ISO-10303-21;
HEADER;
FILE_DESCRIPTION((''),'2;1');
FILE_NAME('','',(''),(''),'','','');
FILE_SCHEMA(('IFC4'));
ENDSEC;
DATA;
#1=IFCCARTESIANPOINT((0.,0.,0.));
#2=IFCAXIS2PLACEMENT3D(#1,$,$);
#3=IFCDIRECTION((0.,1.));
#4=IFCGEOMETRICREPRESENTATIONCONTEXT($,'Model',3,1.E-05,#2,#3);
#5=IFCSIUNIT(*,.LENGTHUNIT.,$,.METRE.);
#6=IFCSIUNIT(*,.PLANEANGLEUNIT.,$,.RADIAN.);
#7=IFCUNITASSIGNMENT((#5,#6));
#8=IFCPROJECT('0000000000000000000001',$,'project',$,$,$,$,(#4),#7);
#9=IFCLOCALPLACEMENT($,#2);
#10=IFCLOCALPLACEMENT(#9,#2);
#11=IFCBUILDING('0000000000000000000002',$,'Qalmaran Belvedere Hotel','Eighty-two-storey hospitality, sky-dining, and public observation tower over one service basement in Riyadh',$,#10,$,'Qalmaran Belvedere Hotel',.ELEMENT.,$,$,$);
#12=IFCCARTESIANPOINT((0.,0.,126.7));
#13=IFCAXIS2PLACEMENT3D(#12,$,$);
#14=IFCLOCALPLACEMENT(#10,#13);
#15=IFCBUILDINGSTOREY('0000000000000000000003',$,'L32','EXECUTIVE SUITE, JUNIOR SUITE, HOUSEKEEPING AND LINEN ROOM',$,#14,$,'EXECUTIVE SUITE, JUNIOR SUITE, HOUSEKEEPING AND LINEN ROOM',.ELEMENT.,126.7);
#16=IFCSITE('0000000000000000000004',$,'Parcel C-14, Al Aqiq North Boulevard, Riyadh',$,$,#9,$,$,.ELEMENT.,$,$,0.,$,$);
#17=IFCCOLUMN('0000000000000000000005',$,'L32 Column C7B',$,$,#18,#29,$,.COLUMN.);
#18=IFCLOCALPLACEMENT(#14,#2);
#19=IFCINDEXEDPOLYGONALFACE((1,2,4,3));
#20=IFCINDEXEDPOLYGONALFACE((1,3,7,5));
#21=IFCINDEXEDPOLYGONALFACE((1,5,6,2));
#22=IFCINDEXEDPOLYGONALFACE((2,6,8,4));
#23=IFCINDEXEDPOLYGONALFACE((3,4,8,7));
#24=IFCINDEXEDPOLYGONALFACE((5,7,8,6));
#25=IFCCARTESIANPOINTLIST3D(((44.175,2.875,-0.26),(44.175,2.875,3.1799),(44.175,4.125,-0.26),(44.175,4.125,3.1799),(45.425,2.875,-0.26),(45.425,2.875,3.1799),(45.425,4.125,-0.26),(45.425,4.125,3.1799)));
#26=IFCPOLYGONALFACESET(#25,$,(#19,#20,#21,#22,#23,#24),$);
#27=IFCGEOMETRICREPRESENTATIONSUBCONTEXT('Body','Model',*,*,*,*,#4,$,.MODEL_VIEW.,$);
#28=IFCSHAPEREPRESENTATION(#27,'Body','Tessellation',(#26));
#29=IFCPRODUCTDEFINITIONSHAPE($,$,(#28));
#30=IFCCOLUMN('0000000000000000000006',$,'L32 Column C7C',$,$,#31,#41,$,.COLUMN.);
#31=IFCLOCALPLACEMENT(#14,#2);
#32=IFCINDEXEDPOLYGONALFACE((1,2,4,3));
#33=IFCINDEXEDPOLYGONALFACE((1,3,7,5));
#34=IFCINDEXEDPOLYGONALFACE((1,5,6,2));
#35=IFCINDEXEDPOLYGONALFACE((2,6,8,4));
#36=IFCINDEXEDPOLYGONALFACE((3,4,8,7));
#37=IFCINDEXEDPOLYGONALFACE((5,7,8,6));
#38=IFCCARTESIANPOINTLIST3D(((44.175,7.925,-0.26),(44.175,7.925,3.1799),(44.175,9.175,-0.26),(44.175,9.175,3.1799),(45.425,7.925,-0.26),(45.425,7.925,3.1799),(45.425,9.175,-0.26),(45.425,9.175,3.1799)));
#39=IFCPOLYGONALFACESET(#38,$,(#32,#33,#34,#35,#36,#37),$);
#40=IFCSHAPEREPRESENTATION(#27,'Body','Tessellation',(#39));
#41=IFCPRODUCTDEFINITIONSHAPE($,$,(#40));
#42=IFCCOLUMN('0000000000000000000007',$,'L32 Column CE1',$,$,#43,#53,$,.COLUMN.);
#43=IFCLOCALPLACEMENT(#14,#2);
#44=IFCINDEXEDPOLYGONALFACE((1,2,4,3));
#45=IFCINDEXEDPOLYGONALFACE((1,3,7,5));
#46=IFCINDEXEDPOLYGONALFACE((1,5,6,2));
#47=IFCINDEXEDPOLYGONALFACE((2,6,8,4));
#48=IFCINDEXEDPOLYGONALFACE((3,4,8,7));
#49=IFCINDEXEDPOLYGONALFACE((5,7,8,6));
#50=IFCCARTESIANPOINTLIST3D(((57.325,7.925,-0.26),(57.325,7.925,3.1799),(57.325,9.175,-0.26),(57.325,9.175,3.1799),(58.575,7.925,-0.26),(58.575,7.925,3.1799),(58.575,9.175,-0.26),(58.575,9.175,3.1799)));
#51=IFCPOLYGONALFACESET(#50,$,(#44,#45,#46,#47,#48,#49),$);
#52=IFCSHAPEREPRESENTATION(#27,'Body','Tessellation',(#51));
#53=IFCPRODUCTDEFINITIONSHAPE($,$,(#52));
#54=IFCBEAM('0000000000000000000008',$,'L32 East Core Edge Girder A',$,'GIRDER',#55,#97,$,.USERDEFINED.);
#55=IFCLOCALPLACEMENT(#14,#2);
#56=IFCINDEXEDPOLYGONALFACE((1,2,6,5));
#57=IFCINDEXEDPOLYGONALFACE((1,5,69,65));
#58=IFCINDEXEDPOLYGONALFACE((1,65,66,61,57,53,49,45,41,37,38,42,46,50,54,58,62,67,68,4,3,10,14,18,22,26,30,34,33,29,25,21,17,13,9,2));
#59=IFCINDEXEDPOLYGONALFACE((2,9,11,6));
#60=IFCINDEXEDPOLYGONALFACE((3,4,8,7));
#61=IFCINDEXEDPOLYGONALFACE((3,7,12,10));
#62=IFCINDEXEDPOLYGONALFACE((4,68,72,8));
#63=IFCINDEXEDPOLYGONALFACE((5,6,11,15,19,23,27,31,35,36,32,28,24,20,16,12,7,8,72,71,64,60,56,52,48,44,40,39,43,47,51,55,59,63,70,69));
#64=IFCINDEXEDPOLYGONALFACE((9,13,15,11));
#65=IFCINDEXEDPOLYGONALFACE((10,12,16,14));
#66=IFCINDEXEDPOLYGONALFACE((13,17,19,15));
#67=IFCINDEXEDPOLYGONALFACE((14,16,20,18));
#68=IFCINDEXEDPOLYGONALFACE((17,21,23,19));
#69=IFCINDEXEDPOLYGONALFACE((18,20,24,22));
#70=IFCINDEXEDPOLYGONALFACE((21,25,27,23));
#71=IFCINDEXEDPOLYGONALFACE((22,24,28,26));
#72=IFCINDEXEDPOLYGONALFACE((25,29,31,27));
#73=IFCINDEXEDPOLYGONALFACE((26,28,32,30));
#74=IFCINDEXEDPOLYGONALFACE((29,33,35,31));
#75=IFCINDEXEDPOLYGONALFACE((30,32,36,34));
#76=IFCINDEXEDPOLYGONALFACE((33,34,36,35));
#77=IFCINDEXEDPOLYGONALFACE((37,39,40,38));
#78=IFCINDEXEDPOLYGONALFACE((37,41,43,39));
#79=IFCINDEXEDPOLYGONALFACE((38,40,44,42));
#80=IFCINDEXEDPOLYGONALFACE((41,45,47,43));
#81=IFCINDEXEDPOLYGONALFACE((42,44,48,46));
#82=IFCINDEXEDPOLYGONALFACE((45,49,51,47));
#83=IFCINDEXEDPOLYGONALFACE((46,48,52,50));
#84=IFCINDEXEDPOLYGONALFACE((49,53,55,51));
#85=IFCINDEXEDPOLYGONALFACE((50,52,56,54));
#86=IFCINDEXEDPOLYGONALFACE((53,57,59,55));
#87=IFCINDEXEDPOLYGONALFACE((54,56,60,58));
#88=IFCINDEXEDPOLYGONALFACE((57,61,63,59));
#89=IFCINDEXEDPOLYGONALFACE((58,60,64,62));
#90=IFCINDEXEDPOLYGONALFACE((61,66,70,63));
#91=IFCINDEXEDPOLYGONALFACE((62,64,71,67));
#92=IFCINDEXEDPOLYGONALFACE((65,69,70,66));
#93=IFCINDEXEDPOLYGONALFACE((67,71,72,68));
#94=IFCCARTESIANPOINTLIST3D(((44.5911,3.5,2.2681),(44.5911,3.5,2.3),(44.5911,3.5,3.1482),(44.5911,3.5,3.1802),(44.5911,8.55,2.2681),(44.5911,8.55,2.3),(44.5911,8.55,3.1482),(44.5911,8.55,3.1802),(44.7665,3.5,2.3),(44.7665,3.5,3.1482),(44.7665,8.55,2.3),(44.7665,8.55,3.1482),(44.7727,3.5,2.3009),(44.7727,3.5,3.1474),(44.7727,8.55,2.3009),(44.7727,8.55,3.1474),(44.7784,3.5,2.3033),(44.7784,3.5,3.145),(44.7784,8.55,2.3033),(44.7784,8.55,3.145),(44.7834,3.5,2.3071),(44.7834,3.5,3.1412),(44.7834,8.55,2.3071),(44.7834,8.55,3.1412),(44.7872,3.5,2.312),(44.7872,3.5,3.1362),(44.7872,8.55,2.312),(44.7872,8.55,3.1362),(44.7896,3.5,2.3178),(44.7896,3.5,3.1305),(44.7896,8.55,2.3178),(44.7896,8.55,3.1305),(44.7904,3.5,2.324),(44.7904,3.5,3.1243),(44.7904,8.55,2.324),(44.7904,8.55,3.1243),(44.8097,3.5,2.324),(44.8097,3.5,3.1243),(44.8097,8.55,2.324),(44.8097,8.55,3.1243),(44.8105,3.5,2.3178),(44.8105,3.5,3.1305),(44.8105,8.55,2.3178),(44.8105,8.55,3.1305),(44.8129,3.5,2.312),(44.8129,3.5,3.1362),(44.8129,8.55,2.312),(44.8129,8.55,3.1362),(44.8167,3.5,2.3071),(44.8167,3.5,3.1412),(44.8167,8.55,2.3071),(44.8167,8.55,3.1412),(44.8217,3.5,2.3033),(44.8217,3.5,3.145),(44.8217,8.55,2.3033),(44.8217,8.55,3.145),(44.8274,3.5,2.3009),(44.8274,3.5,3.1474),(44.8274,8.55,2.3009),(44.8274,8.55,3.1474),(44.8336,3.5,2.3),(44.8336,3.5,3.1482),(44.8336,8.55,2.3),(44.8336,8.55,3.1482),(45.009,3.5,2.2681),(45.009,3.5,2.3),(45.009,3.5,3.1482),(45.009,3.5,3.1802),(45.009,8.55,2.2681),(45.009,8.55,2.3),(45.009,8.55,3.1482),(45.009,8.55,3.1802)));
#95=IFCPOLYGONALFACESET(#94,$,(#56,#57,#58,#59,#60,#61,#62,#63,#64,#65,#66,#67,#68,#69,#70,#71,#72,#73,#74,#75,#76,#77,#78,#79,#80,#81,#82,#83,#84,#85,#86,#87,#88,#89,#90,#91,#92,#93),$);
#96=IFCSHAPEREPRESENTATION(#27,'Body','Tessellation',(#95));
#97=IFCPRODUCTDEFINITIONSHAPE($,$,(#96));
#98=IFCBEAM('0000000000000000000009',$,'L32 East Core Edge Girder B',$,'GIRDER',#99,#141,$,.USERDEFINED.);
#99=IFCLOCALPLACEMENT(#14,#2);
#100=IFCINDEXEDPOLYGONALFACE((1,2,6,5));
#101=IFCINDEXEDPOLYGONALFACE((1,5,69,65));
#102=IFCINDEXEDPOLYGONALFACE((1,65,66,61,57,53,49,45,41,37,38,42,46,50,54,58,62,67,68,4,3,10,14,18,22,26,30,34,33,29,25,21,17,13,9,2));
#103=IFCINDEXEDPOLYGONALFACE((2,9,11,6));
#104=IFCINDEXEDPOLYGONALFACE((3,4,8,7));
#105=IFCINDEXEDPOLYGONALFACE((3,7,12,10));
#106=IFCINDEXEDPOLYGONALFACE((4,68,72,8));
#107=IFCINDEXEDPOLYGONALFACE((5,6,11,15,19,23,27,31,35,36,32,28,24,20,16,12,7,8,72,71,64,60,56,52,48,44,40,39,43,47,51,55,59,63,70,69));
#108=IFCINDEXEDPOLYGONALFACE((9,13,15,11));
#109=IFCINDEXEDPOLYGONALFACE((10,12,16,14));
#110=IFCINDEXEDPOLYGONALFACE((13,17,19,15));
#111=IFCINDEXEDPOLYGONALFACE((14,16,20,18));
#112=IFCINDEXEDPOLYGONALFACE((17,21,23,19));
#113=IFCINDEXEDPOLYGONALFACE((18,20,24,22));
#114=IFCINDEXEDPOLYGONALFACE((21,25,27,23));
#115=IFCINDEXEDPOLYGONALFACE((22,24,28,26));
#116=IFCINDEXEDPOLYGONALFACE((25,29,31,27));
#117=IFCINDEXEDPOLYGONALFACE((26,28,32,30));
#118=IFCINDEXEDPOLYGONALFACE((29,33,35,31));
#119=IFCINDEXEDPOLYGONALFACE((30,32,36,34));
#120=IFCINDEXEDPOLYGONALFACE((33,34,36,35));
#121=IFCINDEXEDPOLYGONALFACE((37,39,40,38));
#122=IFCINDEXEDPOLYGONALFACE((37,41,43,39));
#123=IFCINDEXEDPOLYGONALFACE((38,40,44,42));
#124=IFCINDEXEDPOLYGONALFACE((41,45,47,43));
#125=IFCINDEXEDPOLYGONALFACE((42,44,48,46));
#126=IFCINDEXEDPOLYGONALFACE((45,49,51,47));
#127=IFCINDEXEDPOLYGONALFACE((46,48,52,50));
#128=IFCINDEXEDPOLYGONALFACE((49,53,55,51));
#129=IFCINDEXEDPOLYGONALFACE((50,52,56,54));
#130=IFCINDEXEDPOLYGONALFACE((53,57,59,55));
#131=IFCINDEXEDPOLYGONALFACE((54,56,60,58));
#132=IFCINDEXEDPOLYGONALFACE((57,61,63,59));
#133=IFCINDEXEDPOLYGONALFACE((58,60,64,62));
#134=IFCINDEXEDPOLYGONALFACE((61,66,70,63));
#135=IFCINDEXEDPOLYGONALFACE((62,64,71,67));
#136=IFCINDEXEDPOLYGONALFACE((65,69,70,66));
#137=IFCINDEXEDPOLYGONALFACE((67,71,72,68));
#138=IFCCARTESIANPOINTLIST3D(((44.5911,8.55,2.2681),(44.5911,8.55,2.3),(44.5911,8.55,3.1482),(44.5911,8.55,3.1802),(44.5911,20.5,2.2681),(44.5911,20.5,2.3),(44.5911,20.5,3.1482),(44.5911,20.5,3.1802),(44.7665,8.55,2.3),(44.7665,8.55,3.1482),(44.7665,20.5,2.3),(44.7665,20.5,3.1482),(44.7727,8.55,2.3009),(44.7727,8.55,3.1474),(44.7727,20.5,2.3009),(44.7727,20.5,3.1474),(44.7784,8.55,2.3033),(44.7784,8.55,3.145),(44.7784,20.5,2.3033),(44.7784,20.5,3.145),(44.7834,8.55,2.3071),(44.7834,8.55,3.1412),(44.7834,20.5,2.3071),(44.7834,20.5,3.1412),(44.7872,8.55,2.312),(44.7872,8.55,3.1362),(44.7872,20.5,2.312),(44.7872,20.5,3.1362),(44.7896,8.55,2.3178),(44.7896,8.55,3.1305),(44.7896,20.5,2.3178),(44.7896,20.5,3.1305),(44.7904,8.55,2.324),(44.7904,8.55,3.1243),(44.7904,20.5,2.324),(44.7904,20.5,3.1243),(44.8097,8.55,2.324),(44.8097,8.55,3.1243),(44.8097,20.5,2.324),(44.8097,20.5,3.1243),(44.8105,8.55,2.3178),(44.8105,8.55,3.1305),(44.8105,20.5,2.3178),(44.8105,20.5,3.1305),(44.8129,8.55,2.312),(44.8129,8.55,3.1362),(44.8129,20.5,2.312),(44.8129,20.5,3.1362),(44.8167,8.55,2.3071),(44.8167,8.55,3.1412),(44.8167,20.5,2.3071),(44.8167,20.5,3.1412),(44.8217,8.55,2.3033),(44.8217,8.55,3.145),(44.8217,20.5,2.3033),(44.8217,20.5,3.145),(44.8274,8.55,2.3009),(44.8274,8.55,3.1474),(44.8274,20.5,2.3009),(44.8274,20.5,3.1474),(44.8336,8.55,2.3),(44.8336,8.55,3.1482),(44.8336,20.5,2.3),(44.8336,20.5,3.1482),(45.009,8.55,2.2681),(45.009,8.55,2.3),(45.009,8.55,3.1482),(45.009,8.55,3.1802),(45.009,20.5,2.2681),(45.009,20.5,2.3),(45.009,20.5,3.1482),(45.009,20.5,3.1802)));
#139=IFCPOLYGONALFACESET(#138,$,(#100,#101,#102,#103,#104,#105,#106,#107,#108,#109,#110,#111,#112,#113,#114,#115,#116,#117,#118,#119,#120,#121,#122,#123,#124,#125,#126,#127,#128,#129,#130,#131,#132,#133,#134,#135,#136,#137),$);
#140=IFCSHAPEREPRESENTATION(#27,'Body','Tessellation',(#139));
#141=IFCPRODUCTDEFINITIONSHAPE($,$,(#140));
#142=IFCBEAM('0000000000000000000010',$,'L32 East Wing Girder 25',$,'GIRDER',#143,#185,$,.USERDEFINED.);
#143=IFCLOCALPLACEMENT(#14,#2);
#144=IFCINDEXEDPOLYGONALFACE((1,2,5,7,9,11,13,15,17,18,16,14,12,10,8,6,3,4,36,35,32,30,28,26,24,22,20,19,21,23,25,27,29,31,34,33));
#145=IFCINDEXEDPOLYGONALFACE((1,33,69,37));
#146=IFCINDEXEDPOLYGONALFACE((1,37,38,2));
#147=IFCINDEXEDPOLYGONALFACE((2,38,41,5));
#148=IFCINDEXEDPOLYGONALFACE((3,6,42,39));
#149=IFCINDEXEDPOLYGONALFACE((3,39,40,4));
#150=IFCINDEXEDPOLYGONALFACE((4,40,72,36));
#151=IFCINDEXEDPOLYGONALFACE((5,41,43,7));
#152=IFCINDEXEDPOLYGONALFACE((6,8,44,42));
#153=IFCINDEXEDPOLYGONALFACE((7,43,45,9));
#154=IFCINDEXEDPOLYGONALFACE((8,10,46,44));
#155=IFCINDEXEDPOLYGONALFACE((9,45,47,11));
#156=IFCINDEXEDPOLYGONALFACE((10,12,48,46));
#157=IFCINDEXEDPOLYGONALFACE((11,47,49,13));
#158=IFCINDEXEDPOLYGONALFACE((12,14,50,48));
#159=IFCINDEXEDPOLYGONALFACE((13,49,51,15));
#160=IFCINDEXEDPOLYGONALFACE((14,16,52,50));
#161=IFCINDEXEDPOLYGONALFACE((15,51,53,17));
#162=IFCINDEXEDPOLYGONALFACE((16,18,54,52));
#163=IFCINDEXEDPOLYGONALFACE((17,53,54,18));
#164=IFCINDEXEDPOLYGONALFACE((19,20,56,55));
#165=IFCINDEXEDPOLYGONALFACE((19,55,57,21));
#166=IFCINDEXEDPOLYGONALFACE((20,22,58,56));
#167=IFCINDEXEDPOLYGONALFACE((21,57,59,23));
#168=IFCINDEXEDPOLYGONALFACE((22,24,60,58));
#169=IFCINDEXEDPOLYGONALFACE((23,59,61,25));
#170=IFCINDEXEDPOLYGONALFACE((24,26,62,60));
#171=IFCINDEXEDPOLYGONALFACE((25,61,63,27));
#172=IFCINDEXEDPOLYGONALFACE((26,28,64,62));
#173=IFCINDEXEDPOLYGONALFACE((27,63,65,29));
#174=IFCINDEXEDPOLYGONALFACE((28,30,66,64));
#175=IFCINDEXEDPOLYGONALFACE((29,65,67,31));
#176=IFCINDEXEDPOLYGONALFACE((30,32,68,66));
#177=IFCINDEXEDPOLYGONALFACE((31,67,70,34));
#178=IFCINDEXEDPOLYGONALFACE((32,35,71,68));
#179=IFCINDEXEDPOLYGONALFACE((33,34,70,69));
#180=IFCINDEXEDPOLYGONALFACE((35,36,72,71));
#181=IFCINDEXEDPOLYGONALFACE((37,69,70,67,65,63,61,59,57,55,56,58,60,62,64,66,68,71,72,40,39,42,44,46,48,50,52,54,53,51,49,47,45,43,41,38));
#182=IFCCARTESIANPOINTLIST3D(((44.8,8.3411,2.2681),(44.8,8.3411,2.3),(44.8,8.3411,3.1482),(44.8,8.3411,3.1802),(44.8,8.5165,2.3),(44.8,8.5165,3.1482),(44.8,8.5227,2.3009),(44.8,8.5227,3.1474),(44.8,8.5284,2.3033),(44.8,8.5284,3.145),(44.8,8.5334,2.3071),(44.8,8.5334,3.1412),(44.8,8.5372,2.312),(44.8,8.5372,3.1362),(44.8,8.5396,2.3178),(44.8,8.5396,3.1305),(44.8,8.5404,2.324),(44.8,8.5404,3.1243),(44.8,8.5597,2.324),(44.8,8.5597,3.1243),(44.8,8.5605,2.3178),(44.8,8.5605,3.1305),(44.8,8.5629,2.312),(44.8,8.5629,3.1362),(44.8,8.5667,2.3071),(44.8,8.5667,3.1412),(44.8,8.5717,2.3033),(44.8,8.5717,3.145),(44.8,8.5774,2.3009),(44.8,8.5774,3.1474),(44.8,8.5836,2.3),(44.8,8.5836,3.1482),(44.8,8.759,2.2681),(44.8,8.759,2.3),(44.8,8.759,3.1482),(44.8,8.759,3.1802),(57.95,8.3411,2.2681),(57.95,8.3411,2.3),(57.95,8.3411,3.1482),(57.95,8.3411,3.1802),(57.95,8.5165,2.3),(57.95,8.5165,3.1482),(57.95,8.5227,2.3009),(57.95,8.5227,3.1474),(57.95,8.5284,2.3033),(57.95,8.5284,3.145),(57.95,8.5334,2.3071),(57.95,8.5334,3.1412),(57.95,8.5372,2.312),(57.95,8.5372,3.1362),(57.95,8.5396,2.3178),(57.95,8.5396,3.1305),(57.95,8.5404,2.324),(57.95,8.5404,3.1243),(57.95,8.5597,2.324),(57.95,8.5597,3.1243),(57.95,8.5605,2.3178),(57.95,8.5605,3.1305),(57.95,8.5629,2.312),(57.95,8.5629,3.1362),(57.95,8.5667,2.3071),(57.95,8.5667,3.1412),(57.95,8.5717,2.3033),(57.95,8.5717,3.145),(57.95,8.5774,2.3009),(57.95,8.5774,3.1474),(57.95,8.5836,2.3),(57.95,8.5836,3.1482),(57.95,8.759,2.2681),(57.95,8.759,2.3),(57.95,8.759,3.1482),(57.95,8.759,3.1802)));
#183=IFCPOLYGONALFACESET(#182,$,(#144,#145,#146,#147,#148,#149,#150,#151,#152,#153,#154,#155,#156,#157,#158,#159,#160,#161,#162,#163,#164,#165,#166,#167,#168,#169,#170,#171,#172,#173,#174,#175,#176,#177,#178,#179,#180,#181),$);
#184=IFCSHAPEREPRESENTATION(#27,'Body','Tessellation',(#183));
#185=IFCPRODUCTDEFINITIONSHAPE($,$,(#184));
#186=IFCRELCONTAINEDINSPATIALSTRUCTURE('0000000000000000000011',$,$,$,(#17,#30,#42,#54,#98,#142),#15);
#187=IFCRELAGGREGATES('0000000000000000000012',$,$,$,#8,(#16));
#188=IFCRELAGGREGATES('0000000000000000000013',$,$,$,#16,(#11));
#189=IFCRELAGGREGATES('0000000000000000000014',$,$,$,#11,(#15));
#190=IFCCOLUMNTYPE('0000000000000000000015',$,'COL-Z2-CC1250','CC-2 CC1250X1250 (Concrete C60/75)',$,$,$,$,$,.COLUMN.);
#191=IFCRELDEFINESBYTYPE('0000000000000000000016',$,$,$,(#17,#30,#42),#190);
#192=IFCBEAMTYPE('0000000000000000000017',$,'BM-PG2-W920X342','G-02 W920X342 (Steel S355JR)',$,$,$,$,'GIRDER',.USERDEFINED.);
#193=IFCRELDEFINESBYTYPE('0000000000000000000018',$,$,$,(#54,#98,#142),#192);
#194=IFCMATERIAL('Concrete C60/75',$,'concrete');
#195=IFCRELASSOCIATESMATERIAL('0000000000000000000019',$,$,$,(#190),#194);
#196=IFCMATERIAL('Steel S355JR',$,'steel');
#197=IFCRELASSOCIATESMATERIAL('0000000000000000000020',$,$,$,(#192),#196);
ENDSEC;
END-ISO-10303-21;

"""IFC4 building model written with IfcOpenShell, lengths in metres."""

from ifc_helpers import new_model, si_unit, direction, frame, origin, origin_2d, place, context, subcontext, project, spatial, rectangle, i_section, extrude, material, material_profile, profile_set, type_object, element, save


model = new_model("IFC4")

# Units and contexts
model_context = context("Model", 3, precision=1e-05, world=origin(), true_north=direction((0.0, 1.0)))
body_context = subcontext(model_context, "Body", "Model", "MODEL_VIEW")
ifc_project = project(units=[si_unit("LENGTHUNIT", "METRE"), si_unit("PLANEANGLEUNIT", "RADIAN")], contexts=[model_context])

# Site, building, storey
site_placement = place(None, origin())
site = spatial("IfcSite", under=ifc_project, at=site_placement, Name="Parcel C-14, Al Aqiq North Boulevard, Riyadh", CompositionType="ELEMENT", RefElevation=0.0)
building_placement = place(site_placement, origin())
building = spatial("IfcBuilding", under=site, at=building_placement, Name="Qalmaran Belvedere Hotel", Description="Eighty-two-storey hospitality, sky-dining, and public observation tower over one service basement in Riyadh", LongName="Qalmaran Belvedere Hotel", CompositionType="ELEMENT")
storey_placement = place(building_placement, frame((0.0, 0.0, 126.7)))
storey = spatial("IfcBuildingStorey", under=building, at=storey_placement, Name="L32", Description="EXECUTIVE SUITE, JUNIOR SUITE, HOUSEKEEPING AND LINEN ROOM", LongName="EXECUTIVE SUITE, JUNIOR SUITE, HOUSEKEEPING AND LINEN ROOM", CompositionType="ELEMENT", Elevation=126.7)

# Columns
ifc_material_1 = material(Name="Concrete C60/75", Category="concrete")
ifc_material_profile_1 = material_profile(ifc_material_1, rectangle(XDim=1.25, YDim=1.25, at=origin_2d()), Name="CC1250X1250")
ifc_profile_set_1 = profile_set([ifc_material_profile_1], Name="Concrete C60/75")
column_type = type_object("IfcColumnType", Name="COL-Z2-CC1250", Description="CC-2 CC1250X1250 (Concrete C60/75)", PredefinedType="COLUMN", material=ifc_profile_set_1)
for number, where, z_axis, x_axis, name in (
    (1, (44.8, 3.5, -0.26), (0.0, 0.0, 1.0), (1.0, 0.0, 0.0), "L32 Column C7B"),
    (2, (44.8, 8.55, -0.26), (0.0, 0.0, 1.0), (1.0, 0.0, 0.0), "L32 Column C7C"),
    (3, (57.95, 8.55, -0.26), (0.0, 0.0, 1.0), (1.0, 0.0, 0.0), "L32 Column CE1"),
):
    element("IfcColumn", number, at=place(storey_placement, frame(where, z_axis=z_axis, x_axis=x_axis)), inside=storey, type_object=column_type, Name=name, PredefinedType="COLUMN", context=body_context, shape_type="SweptSolid", body=[
        extrude(rectangle(XDim=1.25, YDim=1.25, at=origin_2d()), origin(), (0.0, 0.0, 1.0), 3.4399),
    ])

# Beams
ifc_material_2 = material(Name="Steel S355JR", Category="steel")
ifc_material_profile_2 = material_profile(ifc_material_2, i_section(OverallWidth=0.418, OverallDepth=0.9121, WebThickness=0.0193, FlangeThickness=0.032, FilletRadius=0.0239, at=origin_2d()), Name="W920X342")
ifc_profile_set_2 = profile_set([ifc_material_profile_2], Name="Steel S355JR")
beam_type_1 = type_object("IfcBeamType", Name="BM-PG2-W920X342", Description="G-02 W920X342 (Steel S355JR)", ElementType="GIRDER", PredefinedType="USERDEFINED", material=ifc_profile_set_2)
beam_1_placement = place(storey_placement, frame((44.8, 3.5, 2.7241), z_axis=(0.0, 1.0, 0.0), x_axis=(-1.0, 0.0, 0.0)))
element("IfcBeam", 4, at=beam_1_placement, inside=storey, type_object=beam_type_1, Name="L32 East Core Edge Girder A", ObjectType="GIRDER", PredefinedType="USERDEFINED", context=body_context, shape_type="SweptSolid", body=[
    extrude(i_section(OverallWidth=0.418, OverallDepth=0.9121, WebThickness=0.0193, FlangeThickness=0.032, FilletRadius=0.0239, at=origin_2d()), origin(), (0.0, 0.0, 1.0), 5.05),
])
beam_2_placement = place(storey_placement, frame((44.8, 8.55, 2.7241), z_axis=(0.0, 1.0, 0.0), x_axis=(-1.0, 0.0, 0.0)))
element("IfcBeam", 5, at=beam_2_placement, inside=storey, type_object=beam_type_1, Name="L32 East Core Edge Girder B", ObjectType="GIRDER", PredefinedType="USERDEFINED", context=body_context, shape_type="SweptSolid", body=[
    extrude(i_section(OverallWidth=0.418, OverallDepth=0.9121, WebThickness=0.0193, FlangeThickness=0.032, FilletRadius=0.0239, at=origin_2d()), origin(), (0.0, 0.0, 1.0), 11.95),
])
beam_3_placement = place(storey_placement, frame((44.8, 8.55, 2.7241), z_axis=(1.0, 0.0, 0.0), x_axis=(0.0, 1.0, 0.0)))
element("IfcBeam", 6, at=beam_3_placement, inside=storey, type_object=beam_type_1, Name="L32 East Wing Girder 25", ObjectType="GIRDER", PredefinedType="USERDEFINED", context=body_context, shape_type="SweptSolid", body=[
    extrude(i_section(OverallWidth=0.418, OverallDepth=0.9121, WebThickness=0.0193, FlangeThickness=0.032, FilletRadius=0.0239, at=origin_2d()), origin(), (0.0, 0.0, 1.0), 13.1499),
])

save(model, "model.ifc")
